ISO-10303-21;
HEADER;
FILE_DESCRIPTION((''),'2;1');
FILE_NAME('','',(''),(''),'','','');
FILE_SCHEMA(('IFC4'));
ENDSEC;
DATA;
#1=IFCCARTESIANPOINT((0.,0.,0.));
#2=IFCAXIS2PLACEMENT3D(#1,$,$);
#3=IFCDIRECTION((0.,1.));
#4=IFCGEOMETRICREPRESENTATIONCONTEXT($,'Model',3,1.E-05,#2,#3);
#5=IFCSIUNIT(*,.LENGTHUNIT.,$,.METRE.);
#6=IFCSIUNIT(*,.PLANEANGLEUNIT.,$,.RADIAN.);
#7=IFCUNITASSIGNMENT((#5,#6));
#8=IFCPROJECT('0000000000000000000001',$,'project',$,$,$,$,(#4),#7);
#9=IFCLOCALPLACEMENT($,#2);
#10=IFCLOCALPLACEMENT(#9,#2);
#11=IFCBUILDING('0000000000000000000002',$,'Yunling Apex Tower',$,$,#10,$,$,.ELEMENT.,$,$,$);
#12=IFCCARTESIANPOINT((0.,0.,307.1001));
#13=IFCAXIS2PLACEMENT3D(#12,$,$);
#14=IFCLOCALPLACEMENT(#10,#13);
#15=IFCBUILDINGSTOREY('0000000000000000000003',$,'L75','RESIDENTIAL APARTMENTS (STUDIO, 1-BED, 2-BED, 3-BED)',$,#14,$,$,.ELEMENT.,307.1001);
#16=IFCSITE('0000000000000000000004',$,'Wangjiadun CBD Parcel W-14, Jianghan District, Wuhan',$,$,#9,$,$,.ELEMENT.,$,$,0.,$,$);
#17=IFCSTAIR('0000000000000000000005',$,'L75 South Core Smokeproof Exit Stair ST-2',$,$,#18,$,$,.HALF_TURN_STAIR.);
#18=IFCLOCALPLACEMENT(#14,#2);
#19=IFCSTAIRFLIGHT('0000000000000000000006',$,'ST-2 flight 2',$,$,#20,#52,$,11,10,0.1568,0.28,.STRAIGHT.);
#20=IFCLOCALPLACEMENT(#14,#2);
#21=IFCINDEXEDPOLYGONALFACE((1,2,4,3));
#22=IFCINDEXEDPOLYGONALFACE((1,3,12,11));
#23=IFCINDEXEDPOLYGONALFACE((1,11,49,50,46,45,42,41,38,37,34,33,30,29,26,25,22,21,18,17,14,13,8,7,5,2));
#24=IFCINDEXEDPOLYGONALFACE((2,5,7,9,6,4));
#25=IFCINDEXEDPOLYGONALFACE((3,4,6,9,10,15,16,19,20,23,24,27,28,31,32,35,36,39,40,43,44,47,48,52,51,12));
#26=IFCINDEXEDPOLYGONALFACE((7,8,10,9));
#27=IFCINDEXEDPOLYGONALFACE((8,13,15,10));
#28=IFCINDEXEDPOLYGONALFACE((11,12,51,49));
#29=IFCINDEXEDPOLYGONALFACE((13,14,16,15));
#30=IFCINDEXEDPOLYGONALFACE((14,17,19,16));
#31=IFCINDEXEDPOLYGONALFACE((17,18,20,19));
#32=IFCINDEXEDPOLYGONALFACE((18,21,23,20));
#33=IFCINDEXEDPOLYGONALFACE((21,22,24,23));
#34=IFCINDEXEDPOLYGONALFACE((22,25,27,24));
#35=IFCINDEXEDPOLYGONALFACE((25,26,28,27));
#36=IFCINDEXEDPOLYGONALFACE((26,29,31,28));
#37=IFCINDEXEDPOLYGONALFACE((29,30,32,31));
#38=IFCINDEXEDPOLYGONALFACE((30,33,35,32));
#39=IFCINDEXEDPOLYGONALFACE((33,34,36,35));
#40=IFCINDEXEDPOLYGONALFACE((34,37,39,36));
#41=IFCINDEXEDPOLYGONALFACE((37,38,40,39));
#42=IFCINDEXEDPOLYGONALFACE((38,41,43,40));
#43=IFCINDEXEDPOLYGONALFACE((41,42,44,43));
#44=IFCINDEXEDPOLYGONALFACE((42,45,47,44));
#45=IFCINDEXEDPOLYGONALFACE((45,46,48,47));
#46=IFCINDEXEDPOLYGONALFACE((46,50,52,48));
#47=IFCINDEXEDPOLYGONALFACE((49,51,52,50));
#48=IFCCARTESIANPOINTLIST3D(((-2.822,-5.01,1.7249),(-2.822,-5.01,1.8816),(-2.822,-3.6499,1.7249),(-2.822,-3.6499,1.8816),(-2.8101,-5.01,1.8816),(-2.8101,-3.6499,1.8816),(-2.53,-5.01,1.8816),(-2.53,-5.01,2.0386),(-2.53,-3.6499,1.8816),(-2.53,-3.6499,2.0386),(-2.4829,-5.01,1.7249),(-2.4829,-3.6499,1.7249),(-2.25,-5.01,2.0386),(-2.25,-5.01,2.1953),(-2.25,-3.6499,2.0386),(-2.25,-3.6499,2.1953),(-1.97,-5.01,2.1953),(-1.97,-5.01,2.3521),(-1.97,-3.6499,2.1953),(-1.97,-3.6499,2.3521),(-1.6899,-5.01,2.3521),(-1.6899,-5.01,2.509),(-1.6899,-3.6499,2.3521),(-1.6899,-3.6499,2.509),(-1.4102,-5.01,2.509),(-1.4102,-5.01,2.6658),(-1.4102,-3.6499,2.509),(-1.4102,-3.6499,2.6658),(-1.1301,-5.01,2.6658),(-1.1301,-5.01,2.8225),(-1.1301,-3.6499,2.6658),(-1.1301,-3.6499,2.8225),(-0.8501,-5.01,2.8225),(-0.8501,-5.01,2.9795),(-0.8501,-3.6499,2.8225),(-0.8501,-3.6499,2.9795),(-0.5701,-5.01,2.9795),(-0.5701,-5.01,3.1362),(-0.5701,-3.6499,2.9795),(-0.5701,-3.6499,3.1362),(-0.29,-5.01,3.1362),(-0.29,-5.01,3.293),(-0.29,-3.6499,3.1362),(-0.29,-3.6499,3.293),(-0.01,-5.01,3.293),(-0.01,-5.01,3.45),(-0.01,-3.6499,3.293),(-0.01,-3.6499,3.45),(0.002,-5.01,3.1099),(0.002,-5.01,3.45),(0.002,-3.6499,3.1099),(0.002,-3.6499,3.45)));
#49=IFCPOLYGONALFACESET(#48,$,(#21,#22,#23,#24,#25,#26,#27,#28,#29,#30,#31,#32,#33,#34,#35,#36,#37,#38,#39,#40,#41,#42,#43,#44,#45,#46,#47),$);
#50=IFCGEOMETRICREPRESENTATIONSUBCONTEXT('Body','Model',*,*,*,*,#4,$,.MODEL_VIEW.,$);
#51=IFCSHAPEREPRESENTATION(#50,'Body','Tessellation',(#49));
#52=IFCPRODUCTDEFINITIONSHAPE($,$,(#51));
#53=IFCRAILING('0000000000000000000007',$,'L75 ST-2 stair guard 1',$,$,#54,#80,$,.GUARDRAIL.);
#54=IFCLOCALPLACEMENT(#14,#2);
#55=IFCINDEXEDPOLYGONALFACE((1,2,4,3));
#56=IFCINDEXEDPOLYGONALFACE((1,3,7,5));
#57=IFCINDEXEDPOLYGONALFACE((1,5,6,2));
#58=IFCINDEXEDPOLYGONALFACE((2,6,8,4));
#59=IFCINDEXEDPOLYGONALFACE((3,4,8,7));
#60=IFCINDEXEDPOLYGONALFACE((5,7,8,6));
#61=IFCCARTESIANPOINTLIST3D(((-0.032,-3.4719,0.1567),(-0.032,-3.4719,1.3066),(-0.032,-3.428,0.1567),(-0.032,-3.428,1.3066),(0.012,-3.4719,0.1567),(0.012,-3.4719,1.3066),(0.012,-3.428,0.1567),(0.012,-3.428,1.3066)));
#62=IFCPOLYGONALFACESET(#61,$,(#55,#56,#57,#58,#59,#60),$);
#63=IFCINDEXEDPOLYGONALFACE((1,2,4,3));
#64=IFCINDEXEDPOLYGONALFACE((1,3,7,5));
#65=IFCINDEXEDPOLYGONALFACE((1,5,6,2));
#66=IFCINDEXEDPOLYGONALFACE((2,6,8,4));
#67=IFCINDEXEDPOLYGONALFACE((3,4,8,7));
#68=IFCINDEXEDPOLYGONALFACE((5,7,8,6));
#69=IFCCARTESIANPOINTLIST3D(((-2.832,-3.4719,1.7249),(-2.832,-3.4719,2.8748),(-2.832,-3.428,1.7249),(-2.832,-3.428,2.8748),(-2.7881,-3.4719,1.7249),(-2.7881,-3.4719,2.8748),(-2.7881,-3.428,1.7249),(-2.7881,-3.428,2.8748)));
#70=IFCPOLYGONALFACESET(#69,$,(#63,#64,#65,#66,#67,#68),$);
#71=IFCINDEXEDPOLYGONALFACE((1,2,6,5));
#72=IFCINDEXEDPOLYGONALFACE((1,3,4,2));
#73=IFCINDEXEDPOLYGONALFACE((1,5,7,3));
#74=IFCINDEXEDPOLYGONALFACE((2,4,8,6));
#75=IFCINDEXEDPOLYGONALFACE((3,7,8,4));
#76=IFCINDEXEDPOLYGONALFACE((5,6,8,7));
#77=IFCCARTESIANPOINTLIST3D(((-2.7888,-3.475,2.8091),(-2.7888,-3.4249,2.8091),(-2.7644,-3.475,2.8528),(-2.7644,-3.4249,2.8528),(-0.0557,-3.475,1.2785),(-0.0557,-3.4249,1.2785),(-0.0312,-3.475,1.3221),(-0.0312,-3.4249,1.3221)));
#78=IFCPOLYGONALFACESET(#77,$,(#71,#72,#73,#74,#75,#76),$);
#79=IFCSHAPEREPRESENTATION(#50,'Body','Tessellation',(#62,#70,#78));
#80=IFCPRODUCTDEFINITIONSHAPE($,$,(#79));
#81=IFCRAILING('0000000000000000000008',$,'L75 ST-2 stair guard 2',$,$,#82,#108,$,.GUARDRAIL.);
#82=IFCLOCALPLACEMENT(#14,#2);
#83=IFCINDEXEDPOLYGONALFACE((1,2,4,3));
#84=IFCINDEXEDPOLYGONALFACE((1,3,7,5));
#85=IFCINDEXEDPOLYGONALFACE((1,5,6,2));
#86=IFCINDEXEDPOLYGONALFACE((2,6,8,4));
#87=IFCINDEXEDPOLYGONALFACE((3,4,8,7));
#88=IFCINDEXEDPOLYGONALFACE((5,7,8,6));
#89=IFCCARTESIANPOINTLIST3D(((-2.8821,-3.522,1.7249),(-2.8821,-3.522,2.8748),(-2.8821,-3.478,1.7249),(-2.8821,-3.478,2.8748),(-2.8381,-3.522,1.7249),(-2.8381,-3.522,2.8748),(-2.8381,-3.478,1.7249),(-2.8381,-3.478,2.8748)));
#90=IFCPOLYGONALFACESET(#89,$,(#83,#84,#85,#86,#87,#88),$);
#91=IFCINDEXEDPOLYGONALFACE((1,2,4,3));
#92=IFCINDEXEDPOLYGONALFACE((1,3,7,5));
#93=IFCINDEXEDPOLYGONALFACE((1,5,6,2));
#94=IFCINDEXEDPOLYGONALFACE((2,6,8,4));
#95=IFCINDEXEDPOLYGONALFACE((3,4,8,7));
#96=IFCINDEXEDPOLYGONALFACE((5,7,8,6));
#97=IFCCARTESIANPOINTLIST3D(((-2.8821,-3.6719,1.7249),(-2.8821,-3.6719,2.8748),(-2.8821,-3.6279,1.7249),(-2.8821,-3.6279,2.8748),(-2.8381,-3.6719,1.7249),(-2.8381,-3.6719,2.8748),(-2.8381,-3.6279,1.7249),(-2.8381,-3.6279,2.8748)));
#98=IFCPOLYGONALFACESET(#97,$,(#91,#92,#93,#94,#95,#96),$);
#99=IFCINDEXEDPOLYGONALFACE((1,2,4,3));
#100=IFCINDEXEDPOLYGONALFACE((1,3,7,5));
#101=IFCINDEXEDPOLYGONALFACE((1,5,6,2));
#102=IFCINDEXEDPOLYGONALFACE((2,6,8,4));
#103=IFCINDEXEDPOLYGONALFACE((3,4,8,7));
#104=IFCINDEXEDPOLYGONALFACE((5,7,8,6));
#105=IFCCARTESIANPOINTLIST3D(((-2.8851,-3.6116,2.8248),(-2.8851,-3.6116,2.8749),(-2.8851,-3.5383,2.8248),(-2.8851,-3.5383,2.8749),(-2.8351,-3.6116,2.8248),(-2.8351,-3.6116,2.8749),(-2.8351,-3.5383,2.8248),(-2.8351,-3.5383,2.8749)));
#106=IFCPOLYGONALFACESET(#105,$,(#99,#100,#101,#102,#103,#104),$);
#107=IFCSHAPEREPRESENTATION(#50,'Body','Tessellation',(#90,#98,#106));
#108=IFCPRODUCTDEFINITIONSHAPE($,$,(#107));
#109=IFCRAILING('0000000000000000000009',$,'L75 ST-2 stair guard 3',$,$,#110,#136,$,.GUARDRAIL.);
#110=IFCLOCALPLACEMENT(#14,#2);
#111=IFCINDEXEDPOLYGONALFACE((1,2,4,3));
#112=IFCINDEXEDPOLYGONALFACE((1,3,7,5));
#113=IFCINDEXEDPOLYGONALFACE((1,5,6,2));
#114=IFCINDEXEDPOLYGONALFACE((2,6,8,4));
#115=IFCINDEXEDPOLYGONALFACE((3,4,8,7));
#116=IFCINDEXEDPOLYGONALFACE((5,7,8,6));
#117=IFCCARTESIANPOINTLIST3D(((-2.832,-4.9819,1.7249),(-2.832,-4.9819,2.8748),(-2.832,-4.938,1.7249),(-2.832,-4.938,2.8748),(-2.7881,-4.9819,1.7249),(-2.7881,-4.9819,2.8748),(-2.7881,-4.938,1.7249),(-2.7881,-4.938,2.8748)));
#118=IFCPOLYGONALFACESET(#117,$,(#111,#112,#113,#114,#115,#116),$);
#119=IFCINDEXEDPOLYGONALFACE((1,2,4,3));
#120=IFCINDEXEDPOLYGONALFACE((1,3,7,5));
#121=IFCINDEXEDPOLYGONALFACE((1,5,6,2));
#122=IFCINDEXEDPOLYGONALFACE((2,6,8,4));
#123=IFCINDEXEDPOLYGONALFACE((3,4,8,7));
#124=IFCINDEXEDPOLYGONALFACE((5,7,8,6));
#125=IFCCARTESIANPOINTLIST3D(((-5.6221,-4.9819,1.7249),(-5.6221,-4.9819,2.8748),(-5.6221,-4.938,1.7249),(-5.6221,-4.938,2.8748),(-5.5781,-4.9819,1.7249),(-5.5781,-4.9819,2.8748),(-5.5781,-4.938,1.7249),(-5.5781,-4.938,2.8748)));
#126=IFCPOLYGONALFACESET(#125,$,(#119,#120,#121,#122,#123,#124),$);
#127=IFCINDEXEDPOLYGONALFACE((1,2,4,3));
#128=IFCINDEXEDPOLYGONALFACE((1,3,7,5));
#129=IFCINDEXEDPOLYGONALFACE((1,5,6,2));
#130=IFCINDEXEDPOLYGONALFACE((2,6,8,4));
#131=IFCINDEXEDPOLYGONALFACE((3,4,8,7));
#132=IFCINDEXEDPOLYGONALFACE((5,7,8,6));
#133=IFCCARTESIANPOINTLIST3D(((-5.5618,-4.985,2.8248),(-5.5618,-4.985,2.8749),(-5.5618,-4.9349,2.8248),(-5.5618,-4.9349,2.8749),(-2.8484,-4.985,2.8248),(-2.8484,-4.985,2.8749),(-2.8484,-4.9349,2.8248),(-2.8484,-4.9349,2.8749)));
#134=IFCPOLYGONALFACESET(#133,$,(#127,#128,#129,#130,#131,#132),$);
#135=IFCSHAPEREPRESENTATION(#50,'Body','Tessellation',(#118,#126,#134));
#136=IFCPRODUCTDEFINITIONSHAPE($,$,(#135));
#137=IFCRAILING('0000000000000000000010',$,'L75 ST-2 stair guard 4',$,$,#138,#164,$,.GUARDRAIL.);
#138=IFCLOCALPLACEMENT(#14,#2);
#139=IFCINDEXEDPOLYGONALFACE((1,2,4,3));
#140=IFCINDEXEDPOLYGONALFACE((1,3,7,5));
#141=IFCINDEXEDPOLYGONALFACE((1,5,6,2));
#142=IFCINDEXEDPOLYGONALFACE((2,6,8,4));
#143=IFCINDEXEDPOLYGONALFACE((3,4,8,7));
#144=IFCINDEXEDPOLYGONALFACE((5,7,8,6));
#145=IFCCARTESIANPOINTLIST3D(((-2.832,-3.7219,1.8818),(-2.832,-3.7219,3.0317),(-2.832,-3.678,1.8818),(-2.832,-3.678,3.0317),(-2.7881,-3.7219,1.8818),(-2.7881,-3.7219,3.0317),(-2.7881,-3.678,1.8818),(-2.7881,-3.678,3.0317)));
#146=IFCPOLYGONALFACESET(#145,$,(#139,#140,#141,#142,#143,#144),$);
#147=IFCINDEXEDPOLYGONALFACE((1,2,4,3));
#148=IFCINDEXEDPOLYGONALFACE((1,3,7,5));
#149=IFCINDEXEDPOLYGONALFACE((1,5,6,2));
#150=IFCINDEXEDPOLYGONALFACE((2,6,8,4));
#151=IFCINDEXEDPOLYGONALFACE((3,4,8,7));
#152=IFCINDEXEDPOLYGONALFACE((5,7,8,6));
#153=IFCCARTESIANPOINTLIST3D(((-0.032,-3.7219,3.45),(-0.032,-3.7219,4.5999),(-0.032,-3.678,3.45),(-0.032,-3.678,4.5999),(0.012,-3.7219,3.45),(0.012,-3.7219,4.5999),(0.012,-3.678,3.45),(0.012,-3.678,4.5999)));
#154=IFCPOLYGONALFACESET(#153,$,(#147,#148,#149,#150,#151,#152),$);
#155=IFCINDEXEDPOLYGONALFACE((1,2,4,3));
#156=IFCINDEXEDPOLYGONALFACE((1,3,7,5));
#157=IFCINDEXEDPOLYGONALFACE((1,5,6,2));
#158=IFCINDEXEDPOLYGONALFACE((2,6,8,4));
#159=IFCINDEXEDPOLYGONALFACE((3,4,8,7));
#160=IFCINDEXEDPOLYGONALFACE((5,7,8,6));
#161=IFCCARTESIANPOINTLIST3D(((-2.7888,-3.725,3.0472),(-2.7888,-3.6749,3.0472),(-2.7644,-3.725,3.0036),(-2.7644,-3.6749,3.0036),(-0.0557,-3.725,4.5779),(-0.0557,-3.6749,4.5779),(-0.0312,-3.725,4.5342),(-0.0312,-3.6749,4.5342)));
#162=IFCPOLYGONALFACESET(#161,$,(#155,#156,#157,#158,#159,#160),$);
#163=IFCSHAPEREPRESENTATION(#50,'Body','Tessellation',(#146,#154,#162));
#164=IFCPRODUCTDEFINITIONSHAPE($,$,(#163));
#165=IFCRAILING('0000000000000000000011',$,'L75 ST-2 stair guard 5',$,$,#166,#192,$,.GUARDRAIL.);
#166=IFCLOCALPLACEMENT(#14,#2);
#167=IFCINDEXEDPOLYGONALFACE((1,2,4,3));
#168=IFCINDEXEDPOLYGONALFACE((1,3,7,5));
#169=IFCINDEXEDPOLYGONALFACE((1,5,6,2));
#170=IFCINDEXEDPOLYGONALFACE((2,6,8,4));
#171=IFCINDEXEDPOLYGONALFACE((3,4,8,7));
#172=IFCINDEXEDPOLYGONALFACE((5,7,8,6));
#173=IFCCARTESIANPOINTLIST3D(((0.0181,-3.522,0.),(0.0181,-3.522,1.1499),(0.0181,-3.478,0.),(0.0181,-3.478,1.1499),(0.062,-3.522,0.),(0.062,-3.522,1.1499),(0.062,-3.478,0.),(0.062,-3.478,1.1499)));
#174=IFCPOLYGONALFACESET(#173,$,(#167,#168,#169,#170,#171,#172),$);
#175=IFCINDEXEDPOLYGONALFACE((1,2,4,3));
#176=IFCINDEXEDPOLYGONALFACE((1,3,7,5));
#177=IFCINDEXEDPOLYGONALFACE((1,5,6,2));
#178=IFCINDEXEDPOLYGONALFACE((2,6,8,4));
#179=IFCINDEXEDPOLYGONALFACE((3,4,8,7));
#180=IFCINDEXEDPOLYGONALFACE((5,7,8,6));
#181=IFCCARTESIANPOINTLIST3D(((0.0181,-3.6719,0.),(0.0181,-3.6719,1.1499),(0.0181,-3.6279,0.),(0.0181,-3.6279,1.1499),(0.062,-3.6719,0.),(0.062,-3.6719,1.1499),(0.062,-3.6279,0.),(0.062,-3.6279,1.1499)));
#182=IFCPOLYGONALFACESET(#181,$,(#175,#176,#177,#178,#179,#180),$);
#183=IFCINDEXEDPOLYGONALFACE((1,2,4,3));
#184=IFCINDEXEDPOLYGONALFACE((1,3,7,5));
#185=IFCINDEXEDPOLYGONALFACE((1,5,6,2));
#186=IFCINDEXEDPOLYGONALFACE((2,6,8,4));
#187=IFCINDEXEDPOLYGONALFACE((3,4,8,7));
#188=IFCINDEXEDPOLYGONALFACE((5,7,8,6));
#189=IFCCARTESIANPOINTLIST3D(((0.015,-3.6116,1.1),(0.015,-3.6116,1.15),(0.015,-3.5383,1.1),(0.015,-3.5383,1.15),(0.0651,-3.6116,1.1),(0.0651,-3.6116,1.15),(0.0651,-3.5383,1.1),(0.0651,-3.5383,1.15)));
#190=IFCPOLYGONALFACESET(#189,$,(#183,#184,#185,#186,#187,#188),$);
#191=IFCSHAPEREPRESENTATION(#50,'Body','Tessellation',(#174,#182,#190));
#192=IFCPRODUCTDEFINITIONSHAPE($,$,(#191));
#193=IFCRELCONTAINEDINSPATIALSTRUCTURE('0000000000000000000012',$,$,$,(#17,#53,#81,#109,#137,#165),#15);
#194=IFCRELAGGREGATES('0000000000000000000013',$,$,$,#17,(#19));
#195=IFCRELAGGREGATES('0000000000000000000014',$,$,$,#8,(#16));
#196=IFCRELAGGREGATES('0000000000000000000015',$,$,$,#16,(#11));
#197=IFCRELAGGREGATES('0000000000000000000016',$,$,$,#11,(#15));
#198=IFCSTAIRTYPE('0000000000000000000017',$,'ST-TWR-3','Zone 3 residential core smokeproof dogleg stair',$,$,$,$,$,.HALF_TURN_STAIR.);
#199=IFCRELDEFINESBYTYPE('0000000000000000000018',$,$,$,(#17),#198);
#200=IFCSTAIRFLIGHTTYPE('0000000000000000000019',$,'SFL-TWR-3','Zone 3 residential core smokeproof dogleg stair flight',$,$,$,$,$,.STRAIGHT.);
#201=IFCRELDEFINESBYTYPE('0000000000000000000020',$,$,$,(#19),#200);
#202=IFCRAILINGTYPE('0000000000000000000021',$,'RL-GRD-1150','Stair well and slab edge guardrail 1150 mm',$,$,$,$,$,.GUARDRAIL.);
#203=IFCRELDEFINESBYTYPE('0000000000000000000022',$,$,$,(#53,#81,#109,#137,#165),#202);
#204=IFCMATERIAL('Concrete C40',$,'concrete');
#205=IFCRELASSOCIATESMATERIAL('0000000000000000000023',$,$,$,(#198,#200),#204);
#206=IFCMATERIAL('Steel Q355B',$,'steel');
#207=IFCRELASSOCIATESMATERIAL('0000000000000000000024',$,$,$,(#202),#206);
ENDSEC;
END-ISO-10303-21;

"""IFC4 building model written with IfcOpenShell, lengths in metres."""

from ifc_helpers import new_model, si_unit, direction, frame, origin, origin_2d, place, context, subcontext, project, spatial, polyline, rectangle, outline, extrude, material, type_object, element, aggregate, save


model = new_model("IFC4")

# Units and contexts
model_context = context("Model", 3, precision=1e-05, world=origin(), true_north=direction((0.0, 1.0)))
body_context = subcontext(model_context, "Body", "Model", "MODEL_VIEW")
ifc_project = project(units=[si_unit("LENGTHUNIT", "METRE"), si_unit("PLANEANGLEUNIT", "RADIAN")], contexts=[model_context])

# Site, building, storey
site_placement = place(None, origin())
site = spatial("IfcSite", under=ifc_project, at=site_placement, Name="Wangjiadun CBD Parcel W-14, Jianghan District, Wuhan", CompositionType="ELEMENT", RefElevation=0.0)
building_placement = place(site_placement, origin())
building = spatial("IfcBuilding", under=site, at=building_placement, Name="Yunling Apex Tower", CompositionType="ELEMENT")
storey_placement = place(building_placement, frame((0.0, 0.0, 307.1001)))
storey = spatial("IfcBuildingStorey", under=building, at=storey_placement, Name="L75", Description="RESIDENTIAL APARTMENTS (STUDIO, 1-BED, 2-BED, 3-BED)", CompositionType="ELEMENT", Elevation=307.1001)

# Shared definitions
ifc_material_1 = material(Name="Steel Q355B", Category="steel")

# Shared definitions
ifc_material_2 = material(Name="Concrete C40", Category="concrete")

# Stair, stair flight
stair_type = type_object("IfcStairType", Name="ST-TWR-3", Description="Zone 3 residential core smokeproof dogleg stair", PredefinedType="HALF_TURN_STAIR", material=ifc_material_2)
stair_placement = place(storey_placement, origin())
stair = element("IfcStair", 1, at=stair_placement, inside=storey, type_object=stair_type, Name="L75 South Core Smokeproof Exit Stair ST-2", PredefinedType="HALF_TURN_STAIR")
stair_flight_type = type_object("IfcStairFlightType", Name="SFL-TWR-3", Description="Zone 3 residential core smokeproof dogleg stair flight", PredefinedType="STRAIGHT", material=ifc_material_2)
stair_flight_1_placement = place(storey_placement, frame((-2.8101, -4.3301, 1.7249), z_axis=(0.0, 0.0, 1.0), x_axis=(1.0, 0.0, 0.0)))
stair_flight_1 = element("IfcStairFlight", 2, at=stair_flight_1_placement, type_object=stair_flight_type, Name="ST-2 flight 2", NumberOfRisers=11, NumberOfTreads=10, PredefinedType="STRAIGHT", RiserHeight=0.1568, TreadLength=0.28, context=body_context, shape_type="SweptSolid", body=[
    extrude(outline(polyline([(-0.012, 0.0), (-0.012, 0.1567), (0.0, 0.1567), (0.28, 0.1567), (0.28, 0.3137), (0.5601, 0.3137), (0.5601, 0.4705), (0.8401, 0.4705), (0.8401, 0.6272), (1.1201, 0.6272), (1.1201, 0.7842), (1.3999, 0.7842), (1.3999, 0.9409), (1.6799, 0.9409), (1.6799, 1.0977), (1.96, 1.0977), (1.96, 1.2546), (2.24, 1.2546), (2.24, 1.4114), (2.52, 1.4114), (2.52, 1.5681), (2.8, 1.5681), (2.8, 1.7251), (2.812, 1.7251), (2.812, 1.385), (0.3271, 0.0), (-0.012, 0.0)])), frame((0.0, 0.6802, 0.0), z_axis=(0.0, -1.0, 0.0), x_axis=(1.0, 0.0, 0.0)), (0.0, 0.0, 1.0), 1.3601),
])
aggregate(stair, [stair_flight_1])

# Railings
railing_type_1 = type_object("IfcRailingType", Name="RL-GRD-1150", Description="Stair well and slab edge guardrail 1150 mm", PredefinedType="GUARDRAIL", material=ifc_material_1)
railing_1_placement = place(storey_placement, frame((-0.01, -3.45, 0.1567)))
element("IfcRailing", 3, at=railing_1_placement, inside=storey, type_object=railing_type_1, Name="L75 ST-2 stair guard 1", PredefinedType="GUARDRAIL", context=body_context, shape_type="SweptSolid", body=[
    extrude(rectangle(XDim=0.0439, YDim=0.0439, at=origin_2d()), origin(), (0.0, 0.0, 1.0), 1.1499),
    extrude(rectangle(XDim=0.0439, YDim=0.0439, at=origin_2d()), frame((-2.8, 0.0, 1.5681)), (0.0, 0.0, 1.0), 1.1499),
    extrude(rectangle(XDim=0.05, YDim=0.05, at=origin_2d()), frame((-0.0334, 0.0, 1.1436), z_axis=(-0.872494, 0.0, 0.488624), x_axis=(0.0, -1.0, 0.0)), (0.0, 0.0, 1.0), 3.1326),
])
railing_2_placement = place(storey_placement, frame((-2.8601, -3.5, 1.7249)))
element("IfcRailing", 4, at=railing_2_placement, inside=storey, type_object=railing_type_1, Name="L75 ST-2 stair guard 2", PredefinedType="GUARDRAIL", context=body_context, shape_type="SweptSolid", body=[
    extrude(rectangle(XDim=0.0439, YDim=0.0439, at=origin_2d()), origin(), (0.0, 0.0, 1.0), 1.1499),
    extrude(rectangle(XDim=0.0439, YDim=0.0439, at=origin_2d()), frame((0.0, -0.1499, 0.0)), (0.0, 0.0, 1.0), 1.1499),
    extrude(rectangle(XDim=0.05, YDim=0.05, at=origin_2d()), frame((0.0, -0.0383, 1.125), z_axis=(0.0, -1.0, 0.0), x_axis=(1.0, 0.0, 0.0)), (0.0, 0.0, 1.0), 0.0732),
])
railing_3_placement = place(storey_placement, frame((-2.8101, -4.96, 1.7249)))
element("IfcRailing", 5, at=railing_3_placement, inside=storey, type_object=railing_type_1, Name="L75 ST-2 stair guard 3", PredefinedType="GUARDRAIL", context=body_context, shape_type="SweptSolid", body=[
    extrude(rectangle(XDim=0.0439, YDim=0.0439, at=origin_2d()), origin(), (0.0, 0.0, 1.0), 1.1499),
    extrude(rectangle(XDim=0.0439, YDim=0.0439, at=origin_2d()), frame((-2.79, 0.0, 0.0)), (0.0, 0.0, 1.0), 1.1499),
    extrude(rectangle(XDim=0.05, YDim=0.05, at=origin_2d()), frame((-0.0383, 0.0, 1.125), z_axis=(-1.0, 0.0, 0.0), x_axis=(0.0, -1.0, 0.0)), (0.0, 0.0, 1.0), 2.7134),
])
railing_4_placement = place(storey_placement, frame((-2.8101, -3.7, 1.8818)))
element("IfcRailing", 6, at=railing_4_placement, inside=storey, type_object=railing_type_1, Name="L75 ST-2 stair guard 4", PredefinedType="GUARDRAIL", context=body_context, shape_type="SweptSolid", body=[
    extrude(rectangle(XDim=0.0439, YDim=0.0439, at=origin_2d()), origin(), (0.0, 0.0, 1.0), 1.1499),
    extrude(rectangle(XDim=0.0439, YDim=0.0439, at=origin_2d()), frame((2.8, 0.0, 1.5681)), (0.0, 0.0, 1.0), 1.1499),
    extrude(rectangle(XDim=0.05, YDim=0.05, at=origin_2d()), frame((0.0334, 0.0, 1.1436), z_axis=(0.872494, 0.0, 0.488624), x_axis=(0.0, 1.0, 0.0)), (0.0, 0.0, 1.0), 3.1326),
])
railing_5_placement = place(storey_placement, frame((0.04, -3.5, 0.0)))
element("IfcRailing", 7, at=railing_5_placement, inside=storey, type_object=railing_type_1, Name="L75 ST-2 stair guard 5", PredefinedType="GUARDRAIL", context=body_context, shape_type="SweptSolid", body=[
    extrude(rectangle(XDim=0.0439, YDim=0.0439, at=origin_2d()), origin(), (0.0, 0.0, 1.0), 1.1499),
    extrude(rectangle(XDim=0.0439, YDim=0.0439, at=origin_2d()), frame((0.0, -0.1499, 0.0)), (0.0, 0.0, 1.0), 1.1499),
    extrude(rectangle(XDim=0.05, YDim=0.05, at=origin_2d()), frame((0.0, -0.0383, 1.125), z_axis=(0.0, -1.0, 0.0), x_axis=(1.0, 0.0, 0.0)), (0.0, 0.0, 1.0), 0.0732),
])

save(model, "model.ifc")
